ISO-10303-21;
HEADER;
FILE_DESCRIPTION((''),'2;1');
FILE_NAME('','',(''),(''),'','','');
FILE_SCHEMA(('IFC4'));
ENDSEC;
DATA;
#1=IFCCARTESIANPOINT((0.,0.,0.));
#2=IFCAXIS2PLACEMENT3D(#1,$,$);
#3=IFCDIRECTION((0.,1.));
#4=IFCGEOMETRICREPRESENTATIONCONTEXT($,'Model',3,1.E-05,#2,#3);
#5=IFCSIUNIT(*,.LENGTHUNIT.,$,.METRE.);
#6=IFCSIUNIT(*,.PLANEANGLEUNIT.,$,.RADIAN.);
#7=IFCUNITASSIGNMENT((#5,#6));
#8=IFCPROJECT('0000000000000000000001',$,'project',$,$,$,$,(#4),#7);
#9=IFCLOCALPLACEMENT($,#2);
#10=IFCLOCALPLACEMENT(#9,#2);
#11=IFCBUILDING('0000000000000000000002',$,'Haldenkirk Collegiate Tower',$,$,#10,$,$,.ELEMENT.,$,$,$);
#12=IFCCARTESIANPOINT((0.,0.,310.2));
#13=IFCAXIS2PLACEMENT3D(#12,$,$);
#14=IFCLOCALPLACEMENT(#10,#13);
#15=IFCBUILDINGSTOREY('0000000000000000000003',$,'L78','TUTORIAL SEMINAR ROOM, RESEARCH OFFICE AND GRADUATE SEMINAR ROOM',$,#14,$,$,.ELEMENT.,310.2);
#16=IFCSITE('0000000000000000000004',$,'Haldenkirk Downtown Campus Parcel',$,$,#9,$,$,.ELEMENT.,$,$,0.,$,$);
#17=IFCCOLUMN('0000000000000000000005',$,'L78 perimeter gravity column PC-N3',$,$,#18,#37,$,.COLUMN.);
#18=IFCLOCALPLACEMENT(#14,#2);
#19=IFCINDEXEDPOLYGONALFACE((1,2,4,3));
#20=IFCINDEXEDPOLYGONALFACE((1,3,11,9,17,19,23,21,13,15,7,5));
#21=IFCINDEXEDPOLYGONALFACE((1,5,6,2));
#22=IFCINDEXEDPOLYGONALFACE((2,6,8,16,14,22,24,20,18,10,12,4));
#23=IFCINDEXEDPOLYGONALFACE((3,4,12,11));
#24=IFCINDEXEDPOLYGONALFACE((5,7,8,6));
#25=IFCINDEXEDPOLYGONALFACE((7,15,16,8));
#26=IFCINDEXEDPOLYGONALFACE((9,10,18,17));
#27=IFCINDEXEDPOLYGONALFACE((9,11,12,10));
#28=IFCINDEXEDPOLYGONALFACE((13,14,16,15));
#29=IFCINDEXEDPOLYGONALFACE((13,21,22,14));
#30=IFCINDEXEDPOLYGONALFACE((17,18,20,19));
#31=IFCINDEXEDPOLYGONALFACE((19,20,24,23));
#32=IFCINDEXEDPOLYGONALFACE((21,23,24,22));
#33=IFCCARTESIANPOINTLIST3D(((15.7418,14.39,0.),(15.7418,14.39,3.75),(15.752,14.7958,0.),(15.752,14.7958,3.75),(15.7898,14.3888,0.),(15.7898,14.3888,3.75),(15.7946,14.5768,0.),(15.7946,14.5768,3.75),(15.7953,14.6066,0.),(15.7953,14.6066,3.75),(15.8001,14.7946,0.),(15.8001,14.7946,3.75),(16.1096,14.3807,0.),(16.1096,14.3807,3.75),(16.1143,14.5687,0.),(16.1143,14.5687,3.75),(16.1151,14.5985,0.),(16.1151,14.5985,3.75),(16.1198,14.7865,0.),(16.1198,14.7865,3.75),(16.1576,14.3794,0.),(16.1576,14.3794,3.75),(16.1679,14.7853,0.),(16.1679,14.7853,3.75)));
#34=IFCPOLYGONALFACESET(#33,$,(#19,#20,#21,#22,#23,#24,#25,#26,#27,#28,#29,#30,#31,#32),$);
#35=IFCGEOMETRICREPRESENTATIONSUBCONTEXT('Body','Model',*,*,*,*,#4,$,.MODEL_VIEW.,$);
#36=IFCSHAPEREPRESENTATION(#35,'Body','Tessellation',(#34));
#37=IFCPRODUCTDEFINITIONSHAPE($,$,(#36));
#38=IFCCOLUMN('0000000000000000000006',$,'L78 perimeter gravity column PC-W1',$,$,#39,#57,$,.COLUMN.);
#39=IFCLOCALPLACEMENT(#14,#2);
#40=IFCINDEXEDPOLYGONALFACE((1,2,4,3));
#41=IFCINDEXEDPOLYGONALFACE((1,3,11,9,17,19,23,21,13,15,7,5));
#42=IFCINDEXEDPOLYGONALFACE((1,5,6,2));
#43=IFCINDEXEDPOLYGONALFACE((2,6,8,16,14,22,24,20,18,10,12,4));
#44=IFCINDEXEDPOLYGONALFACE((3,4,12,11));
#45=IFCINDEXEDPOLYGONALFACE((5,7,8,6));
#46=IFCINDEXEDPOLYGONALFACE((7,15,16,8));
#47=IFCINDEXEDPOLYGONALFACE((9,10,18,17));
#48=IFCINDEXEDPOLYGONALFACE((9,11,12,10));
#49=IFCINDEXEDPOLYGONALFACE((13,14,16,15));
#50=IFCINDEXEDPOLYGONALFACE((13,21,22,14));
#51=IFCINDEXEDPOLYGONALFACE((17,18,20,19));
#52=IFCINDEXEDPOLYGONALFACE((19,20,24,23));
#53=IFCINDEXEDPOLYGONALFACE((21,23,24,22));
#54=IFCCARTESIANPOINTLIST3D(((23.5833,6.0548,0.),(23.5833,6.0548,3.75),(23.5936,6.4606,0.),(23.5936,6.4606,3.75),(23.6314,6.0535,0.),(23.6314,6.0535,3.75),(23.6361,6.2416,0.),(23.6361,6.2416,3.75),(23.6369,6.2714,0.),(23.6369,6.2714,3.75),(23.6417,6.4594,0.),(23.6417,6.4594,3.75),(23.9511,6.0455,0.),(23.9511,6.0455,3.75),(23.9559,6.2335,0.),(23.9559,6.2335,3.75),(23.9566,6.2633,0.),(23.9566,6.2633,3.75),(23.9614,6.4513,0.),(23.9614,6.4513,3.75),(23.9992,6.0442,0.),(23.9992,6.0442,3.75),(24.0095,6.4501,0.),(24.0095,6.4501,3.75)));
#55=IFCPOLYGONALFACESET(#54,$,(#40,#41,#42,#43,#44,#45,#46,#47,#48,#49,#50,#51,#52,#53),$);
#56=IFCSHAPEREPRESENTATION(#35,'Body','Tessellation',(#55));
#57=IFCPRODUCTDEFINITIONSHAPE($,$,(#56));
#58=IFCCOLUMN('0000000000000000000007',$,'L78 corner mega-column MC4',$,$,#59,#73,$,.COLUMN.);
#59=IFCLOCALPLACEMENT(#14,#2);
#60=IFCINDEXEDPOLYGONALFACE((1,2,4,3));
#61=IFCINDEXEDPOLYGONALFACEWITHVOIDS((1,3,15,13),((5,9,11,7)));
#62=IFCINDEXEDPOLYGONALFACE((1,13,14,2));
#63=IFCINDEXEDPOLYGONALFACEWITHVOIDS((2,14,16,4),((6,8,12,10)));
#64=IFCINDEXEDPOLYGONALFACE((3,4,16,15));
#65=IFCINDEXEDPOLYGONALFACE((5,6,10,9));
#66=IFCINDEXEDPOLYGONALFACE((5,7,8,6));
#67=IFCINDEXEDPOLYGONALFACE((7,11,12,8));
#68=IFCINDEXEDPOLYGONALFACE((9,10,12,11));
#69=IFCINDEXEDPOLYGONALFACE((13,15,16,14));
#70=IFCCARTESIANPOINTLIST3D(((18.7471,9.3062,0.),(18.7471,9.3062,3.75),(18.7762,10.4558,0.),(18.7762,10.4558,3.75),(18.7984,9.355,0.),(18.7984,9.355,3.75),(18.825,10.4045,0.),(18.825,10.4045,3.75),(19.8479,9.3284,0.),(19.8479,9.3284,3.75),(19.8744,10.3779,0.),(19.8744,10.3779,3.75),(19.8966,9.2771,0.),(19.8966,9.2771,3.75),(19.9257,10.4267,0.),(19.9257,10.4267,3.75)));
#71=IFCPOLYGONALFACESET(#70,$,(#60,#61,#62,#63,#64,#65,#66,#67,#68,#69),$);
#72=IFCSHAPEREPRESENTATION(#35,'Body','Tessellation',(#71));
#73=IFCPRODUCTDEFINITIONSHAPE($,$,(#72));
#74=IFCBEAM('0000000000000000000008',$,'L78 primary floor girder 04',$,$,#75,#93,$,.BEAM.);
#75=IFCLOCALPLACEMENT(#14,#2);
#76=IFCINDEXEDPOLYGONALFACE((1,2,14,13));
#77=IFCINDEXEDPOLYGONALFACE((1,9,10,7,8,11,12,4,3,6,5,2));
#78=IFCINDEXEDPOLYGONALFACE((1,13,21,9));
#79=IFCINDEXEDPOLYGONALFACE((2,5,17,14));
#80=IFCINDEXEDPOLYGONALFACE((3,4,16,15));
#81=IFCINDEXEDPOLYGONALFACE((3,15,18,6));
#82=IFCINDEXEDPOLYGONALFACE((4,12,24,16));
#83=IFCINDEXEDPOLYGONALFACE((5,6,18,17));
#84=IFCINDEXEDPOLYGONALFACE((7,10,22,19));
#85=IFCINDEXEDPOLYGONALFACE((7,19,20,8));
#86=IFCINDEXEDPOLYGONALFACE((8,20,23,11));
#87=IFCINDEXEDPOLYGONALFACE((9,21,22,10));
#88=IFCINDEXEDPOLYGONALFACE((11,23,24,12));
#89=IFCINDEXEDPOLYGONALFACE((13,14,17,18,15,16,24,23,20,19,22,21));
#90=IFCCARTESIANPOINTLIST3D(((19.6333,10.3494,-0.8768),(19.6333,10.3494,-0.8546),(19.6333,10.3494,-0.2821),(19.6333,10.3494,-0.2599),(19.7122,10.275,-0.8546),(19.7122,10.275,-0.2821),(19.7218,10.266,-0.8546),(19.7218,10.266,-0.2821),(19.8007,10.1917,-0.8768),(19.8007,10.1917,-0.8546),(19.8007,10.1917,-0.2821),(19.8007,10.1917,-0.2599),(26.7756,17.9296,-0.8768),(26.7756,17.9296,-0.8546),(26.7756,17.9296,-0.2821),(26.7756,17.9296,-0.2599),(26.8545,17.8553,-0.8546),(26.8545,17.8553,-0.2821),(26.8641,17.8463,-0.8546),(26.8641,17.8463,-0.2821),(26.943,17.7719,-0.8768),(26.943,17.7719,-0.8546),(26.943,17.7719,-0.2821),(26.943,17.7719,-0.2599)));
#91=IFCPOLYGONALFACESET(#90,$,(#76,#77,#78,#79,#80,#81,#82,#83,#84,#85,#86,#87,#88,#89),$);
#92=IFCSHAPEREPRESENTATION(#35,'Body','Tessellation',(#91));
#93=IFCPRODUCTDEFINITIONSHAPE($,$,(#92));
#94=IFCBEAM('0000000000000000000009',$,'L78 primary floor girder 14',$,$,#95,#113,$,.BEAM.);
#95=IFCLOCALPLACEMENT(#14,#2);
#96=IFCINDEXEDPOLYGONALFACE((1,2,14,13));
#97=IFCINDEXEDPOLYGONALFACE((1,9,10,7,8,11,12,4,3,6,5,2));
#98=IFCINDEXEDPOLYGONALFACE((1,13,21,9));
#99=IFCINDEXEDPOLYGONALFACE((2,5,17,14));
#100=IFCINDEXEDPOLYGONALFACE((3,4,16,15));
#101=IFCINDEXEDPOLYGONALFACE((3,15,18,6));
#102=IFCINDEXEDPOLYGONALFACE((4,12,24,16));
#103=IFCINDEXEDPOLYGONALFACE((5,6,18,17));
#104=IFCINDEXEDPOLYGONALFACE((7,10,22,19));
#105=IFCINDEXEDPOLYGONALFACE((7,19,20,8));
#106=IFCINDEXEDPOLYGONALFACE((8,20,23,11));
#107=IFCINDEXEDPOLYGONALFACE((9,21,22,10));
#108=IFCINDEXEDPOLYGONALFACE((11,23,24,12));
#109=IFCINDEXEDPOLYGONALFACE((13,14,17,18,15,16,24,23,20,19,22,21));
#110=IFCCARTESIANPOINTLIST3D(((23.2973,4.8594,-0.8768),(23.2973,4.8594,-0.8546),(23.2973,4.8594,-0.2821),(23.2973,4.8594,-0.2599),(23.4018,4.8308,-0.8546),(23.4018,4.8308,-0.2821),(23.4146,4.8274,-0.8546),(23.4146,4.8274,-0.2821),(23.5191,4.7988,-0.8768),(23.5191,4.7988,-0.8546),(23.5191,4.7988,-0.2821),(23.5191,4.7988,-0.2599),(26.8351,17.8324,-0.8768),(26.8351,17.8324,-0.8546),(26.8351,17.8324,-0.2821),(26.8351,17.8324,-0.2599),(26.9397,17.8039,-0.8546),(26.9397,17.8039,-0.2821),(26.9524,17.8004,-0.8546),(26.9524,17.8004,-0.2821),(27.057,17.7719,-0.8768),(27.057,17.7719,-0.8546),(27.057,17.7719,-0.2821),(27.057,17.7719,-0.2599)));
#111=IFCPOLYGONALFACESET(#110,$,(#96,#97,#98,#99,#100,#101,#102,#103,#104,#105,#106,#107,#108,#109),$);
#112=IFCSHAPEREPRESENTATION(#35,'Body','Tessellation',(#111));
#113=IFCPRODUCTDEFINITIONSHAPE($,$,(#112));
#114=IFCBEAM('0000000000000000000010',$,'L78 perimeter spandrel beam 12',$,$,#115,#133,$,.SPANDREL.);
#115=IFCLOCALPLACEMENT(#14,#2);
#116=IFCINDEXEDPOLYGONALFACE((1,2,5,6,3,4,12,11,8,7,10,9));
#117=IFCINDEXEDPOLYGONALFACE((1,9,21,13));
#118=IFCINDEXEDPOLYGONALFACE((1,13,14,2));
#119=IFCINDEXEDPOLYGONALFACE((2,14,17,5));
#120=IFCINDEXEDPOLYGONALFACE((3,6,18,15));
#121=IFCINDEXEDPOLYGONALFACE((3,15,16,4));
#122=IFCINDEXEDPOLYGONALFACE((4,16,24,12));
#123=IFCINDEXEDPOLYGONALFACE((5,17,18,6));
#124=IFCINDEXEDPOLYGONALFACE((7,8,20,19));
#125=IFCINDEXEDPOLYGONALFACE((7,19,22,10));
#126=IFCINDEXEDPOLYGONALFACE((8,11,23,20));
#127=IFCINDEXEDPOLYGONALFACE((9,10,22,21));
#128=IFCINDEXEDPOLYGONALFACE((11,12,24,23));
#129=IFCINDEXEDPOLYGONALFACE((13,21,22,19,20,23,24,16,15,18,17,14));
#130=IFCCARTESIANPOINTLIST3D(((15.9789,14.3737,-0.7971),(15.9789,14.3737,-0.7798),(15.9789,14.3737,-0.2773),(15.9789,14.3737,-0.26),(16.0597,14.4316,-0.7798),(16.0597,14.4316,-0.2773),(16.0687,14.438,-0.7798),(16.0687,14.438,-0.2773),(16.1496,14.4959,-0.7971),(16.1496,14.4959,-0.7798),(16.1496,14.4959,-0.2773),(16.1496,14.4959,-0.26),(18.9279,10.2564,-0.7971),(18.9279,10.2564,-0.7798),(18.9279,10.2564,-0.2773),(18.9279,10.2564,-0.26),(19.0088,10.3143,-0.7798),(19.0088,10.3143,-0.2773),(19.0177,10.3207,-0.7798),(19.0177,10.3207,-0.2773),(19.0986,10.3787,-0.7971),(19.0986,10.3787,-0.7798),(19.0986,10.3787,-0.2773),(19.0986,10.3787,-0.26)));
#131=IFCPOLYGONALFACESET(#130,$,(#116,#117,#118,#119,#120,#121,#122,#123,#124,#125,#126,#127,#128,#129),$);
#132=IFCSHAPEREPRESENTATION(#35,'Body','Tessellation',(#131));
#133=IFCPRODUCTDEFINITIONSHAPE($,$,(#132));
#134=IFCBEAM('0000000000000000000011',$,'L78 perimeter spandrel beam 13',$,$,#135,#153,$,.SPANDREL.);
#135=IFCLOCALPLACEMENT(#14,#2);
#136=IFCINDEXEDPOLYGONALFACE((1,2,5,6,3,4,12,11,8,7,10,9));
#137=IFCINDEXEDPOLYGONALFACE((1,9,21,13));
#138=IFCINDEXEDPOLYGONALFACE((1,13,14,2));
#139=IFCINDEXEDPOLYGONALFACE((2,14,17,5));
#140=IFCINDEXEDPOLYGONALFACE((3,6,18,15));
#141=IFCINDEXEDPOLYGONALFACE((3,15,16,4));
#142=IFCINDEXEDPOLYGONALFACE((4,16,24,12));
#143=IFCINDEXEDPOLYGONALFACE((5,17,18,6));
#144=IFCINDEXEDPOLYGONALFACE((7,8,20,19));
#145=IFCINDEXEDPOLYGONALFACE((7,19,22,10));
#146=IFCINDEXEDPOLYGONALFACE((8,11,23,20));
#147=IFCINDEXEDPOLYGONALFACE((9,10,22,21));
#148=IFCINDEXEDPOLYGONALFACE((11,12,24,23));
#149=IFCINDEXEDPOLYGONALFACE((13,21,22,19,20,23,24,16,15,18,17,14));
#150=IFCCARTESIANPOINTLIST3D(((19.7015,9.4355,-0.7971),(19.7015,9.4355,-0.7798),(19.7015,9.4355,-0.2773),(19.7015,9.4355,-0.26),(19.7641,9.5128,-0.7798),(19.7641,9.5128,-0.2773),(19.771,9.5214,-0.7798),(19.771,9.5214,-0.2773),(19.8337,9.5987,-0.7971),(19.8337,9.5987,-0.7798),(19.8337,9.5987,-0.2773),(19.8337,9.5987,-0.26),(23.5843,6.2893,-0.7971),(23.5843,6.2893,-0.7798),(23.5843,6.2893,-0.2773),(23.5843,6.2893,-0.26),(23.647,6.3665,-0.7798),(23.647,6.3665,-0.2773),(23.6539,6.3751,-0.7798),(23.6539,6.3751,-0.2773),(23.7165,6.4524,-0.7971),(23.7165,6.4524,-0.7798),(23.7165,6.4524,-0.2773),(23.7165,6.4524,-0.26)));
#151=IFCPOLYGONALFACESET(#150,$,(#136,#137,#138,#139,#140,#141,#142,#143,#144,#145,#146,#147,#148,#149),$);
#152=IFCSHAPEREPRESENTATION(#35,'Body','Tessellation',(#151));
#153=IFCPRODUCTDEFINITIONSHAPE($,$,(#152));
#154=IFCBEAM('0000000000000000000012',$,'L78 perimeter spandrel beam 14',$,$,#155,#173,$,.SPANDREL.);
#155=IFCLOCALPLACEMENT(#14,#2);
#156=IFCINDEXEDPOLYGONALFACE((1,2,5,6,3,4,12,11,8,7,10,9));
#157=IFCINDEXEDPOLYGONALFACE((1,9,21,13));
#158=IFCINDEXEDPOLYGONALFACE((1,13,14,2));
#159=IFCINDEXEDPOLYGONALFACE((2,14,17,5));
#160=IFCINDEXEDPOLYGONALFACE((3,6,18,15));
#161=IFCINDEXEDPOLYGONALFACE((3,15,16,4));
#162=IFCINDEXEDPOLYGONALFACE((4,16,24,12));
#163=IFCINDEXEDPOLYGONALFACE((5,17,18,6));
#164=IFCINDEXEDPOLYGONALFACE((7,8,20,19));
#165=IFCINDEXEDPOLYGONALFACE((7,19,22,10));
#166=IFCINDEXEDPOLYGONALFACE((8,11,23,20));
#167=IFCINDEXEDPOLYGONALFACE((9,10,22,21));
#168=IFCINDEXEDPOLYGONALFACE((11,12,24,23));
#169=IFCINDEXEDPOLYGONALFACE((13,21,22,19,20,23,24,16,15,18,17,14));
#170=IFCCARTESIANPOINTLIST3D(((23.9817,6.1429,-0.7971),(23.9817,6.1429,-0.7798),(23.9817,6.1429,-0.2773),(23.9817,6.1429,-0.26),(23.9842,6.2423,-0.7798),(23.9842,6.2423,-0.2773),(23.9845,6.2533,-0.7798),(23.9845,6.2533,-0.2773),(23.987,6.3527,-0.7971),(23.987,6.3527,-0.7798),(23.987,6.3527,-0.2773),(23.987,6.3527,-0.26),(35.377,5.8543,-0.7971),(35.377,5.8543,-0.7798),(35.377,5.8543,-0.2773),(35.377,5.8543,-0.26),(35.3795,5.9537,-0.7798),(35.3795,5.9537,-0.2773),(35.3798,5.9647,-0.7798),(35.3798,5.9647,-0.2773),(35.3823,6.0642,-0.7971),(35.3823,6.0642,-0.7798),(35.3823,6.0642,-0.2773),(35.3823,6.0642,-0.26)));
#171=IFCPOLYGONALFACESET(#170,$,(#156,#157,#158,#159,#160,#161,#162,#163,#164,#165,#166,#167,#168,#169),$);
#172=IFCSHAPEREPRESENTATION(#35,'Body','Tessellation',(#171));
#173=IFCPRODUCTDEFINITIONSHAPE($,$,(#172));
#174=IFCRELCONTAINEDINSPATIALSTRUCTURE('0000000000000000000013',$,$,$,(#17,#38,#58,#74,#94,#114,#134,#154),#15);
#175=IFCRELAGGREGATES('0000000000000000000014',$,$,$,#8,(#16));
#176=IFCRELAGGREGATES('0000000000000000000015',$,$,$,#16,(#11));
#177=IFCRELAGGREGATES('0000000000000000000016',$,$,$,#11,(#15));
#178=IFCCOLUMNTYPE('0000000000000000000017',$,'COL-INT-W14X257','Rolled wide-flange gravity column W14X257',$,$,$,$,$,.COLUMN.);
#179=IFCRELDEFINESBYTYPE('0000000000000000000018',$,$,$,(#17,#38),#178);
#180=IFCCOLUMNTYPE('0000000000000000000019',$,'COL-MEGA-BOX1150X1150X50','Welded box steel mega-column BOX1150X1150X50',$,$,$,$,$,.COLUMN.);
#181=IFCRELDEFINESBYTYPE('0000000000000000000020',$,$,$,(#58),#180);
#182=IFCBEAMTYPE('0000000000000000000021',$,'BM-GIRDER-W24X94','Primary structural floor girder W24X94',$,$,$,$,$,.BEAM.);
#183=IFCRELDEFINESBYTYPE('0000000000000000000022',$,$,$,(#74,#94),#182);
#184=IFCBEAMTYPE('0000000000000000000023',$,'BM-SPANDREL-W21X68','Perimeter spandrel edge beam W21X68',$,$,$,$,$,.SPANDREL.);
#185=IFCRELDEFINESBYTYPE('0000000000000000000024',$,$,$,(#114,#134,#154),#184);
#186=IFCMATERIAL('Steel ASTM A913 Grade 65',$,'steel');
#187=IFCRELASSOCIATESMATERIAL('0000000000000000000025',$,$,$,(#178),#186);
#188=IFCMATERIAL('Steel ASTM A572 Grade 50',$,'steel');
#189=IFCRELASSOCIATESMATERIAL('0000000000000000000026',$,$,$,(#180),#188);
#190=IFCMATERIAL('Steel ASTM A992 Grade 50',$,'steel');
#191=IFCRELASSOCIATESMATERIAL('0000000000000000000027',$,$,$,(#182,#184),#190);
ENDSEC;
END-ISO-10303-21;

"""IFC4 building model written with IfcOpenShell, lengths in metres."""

from ifc_helpers import new_model, si_unit, direction, frame, origin, origin_2d, place, context, subcontext, project, spatial, hollow_rectangle, i_section, extrude, material, material_profile, profile_set, type_object, element, save


model = new_model("IFC4")

# Units and contexts
model_context = context("Model", 3, precision=1e-05, world=origin(), true_north=direction((0.0, 1.0)))
body_context = subcontext(model_context, "Body", "Model", "MODEL_VIEW")
ifc_project = project(units=[si_unit("LENGTHUNIT", "METRE"), si_unit("PLANEANGLEUNIT", "RADIAN")], contexts=[model_context])

# Site, building, storey
site_placement = place(None, origin())
site = spatial("IfcSite", under=ifc_project, at=site_placement, Name="Haldenkirk Downtown Campus Parcel", CompositionType="ELEMENT", RefElevation=0.0)
building_placement = place(site_placement, origin())
building = spatial("IfcBuilding", under=site, at=building_placement, Name="Haldenkirk Collegiate Tower", CompositionType="ELEMENT")
storey_placement = place(building_placement, frame((0.0, 0.0, 310.2)))
storey = spatial("IfcBuildingStorey", under=building, at=storey_placement, Name="L78", Description="TUTORIAL SEMINAR ROOM, RESEARCH OFFICE AND GRADUATE SEMINAR ROOM", CompositionType="ELEMENT", Elevation=310.2)

# Columns
ifc_material_1 = material(Name="Steel ASTM A913 Grade 65", Category="steel")
ifc_material_profile_1 = material_profile(ifc_material_1, i_section(OverallWidth=0.406, OverallDepth=0.416, WebThickness=0.0298, FlangeThickness=0.0481, at=origin_2d()), Name="W14X257")
ifc_profile_set_1 = profile_set([ifc_material_profile_1], Name="Steel ASTM A913 Grade 65")
column_type_1 = type_object("IfcColumnType", Name="COL-INT-W14X257", Description="Rolled wide-flange gravity column W14X257", PredefinedType="COLUMN", material=ifc_profile_set_1)
for number, where, z_axis, x_axis, name in (
    (1, (15.9548, 14.5876, 0.0), (0.0, 0.0, 1.0), (0.025305, 0.99968, 0.0), "L78 perimeter gravity column PC-N3"),
    (2, (23.7964, 6.2524, 0.0), (0.0, 0.0, 1.0), (0.025305, 0.99968, 0.0), "L78 perimeter gravity column PC-W1"),
):
    element("IfcColumn", number, at=place(storey_placement, frame(where, z_axis=z_axis, x_axis=x_axis)), inside=storey, type_object=column_type_1, Name=name, PredefinedType="COLUMN", context=body_context, shape_type="SweptSolid", body=[
        extrude(i_section(OverallWidth=0.406, OverallDepth=0.416, WebThickness=0.0298, FlangeThickness=0.0481, at=origin_2d()), origin(), (0.0, 0.0, 1.0), 3.75),
    ])
ifc_material_2 = material(Name="Steel ASTM A572 Grade 50", Category="steel")
ifc_material_profile_2 = material_profile(ifc_material_2, hollow_rectangle(XDim=1.1499, YDim=1.1499, WallThickness=0.05, at=origin_2d()), Name="BOX1150X1150X50")
ifc_profile_set_2 = profile_set([ifc_material_profile_2], Name="Steel ASTM A572 Grade 50")
column_type_2 = type_object("IfcColumnType", Name="COL-MEGA-BOX1150X1150X50", Description="Welded box steel mega-column BOX1150X1150X50", PredefinedType="COLUMN", material=ifc_profile_set_2)
column_placement = place(storey_placement, frame((19.3364, 9.8665, 0.0), z_axis=(0.0, 0.0, 1.0), x_axis=(0.025305, 0.99968, 0.0)))
element("IfcColumn", 3, at=column_placement, inside=storey, type_object=column_type_2, Name="L78 corner mega-column MC4", PredefinedType="COLUMN", context=body_context, shape_type="SweptSolid", body=[
    extrude(hollow_rectangle(XDim=1.1499, YDim=1.1499, WallThickness=0.05, at=origin_2d()), origin(), (0.0, 0.0, 1.0), 3.75),
])

# Beams
ifc_material_3 = material(Name="Steel ASTM A992 Grade 50", Category="steel")
ifc_material_profile_3 = material_profile(ifc_material_3, i_section(OverallWidth=0.23, OverallDepth=0.6169, WebThickness=0.0132, FlangeThickness=0.0222, at=origin_2d()), Name="W24X94")
ifc_profile_set_3 = profile_set([ifc_material_profile_3], Name="Steel ASTM A992 Grade 50")
beam_type_1 = type_object("IfcBeamType", Name="BM-GIRDER-W24X94", Description="Primary structural floor girder W24X94", PredefinedType="BEAM", material=ifc_profile_set_3)
beam_1_placement = place(storey_placement, frame((19.717, 10.2705, -0.5684), z_axis=(0.685767, 0.727821, 0.0), x_axis=(-0.727821, 0.685767, 0.0)))
element("IfcBeam", 4, at=beam_1_placement, inside=storey, type_object=beam_type_1, Name="L78 primary floor girder 04", PredefinedType="BEAM", context=body_context, shape_type="SweptSolid", body=[
    extrude(i_section(OverallWidth=0.23, OverallDepth=0.6169, WebThickness=0.0132, FlangeThickness=0.0222, at=origin_2d()), origin(), (0.0, 0.0, 1.0), 10.415),
])
beam_2_placement = place(storey_placement, frame((23.4082, 4.8291, -0.5684), z_axis=(0.263097, 0.964769, 0.0), x_axis=(-0.964769, 0.263097, 0.0)))
element("IfcBeam", 5, at=beam_2_placement, inside=storey, type_object=beam_type_1, Name="L78 primary floor girder 14", PredefinedType="BEAM", context=body_context, shape_type="SweptSolid", body=[
    extrude(i_section(OverallWidth=0.23, OverallDepth=0.6169, WebThickness=0.0132, FlangeThickness=0.0222, at=origin_2d()), origin(), (0.0, 0.0, 1.0), 13.4468),
])
ifc_material_profile_4 = material_profile(ifc_material_3, i_section(OverallWidth=0.21, OverallDepth=0.5371, WebThickness=0.011, FlangeThickness=0.0173, at=origin_2d()), Name="W21X68")
ifc_profile_set_4 = profile_set([ifc_material_profile_4], Name="Steel ASTM A992 Grade 50")
beam_type_2 = type_object("IfcBeamType", Name="BM-SPANDREL-W21X68", Description="Perimeter spandrel edge beam W21X68", PredefinedType="SPANDREL", material=ifc_profile_set_4)
beam_3_placement = place(storey_placement, frame((16.0642, 14.4348, -0.5286), z_axis=(0.5823, -0.812974, 0.0), x_axis=(0.812974, 0.5823, 0.0)))
element("IfcBeam", 6, at=beam_3_placement, inside=storey, type_object=beam_type_2, Name="L78 perimeter spandrel beam 12", PredefinedType="SPANDREL", context=body_context, shape_type="SweptSolid", body=[
    extrude(i_section(OverallWidth=0.21, OverallDepth=0.5371, WebThickness=0.011, FlangeThickness=0.0173, at=origin_2d()), origin(), (0.0, 0.0, 1.0), 5.0645),
])
beam_4_placement = place(storey_placement, frame((19.7676, 9.5171, -0.5286), z_axis=(0.77695, -0.629562, 0.0), x_axis=(0.629562, 0.77695, 0.0)))
element("IfcBeam", 7, at=beam_4_placement, inside=storey, type_object=beam_type_2, Name="L78 perimeter spandrel beam 13", PredefinedType="SPANDREL", context=body_context, shape_type="SweptSolid", body=[
    extrude(i_section(OverallWidth=0.21, OverallDepth=0.5371, WebThickness=0.011, FlangeThickness=0.0173, at=origin_2d()), origin(), (0.0, 0.0, 1.0), 4.9976),
])
beam_5_placement = place(storey_placement, frame((23.9844, 6.2478, -0.5286), z_axis=(0.99968, -0.025316, 0.0), x_axis=(0.025316, 0.99968, 0.0)))
element("IfcBeam", 8, at=beam_5_placement, inside=storey, type_object=beam_type_2, Name="L78 perimeter spandrel beam 14", PredefinedType="SPANDREL", context=body_context, shape_type="SweptSolid", body=[
    extrude(i_section(OverallWidth=0.21, OverallDepth=0.5371, WebThickness=0.011, FlangeThickness=0.0173, at=origin_2d()), origin(), (0.0, 0.0, 1.0), 11.3989),
])

save(model, "model.ifc")
